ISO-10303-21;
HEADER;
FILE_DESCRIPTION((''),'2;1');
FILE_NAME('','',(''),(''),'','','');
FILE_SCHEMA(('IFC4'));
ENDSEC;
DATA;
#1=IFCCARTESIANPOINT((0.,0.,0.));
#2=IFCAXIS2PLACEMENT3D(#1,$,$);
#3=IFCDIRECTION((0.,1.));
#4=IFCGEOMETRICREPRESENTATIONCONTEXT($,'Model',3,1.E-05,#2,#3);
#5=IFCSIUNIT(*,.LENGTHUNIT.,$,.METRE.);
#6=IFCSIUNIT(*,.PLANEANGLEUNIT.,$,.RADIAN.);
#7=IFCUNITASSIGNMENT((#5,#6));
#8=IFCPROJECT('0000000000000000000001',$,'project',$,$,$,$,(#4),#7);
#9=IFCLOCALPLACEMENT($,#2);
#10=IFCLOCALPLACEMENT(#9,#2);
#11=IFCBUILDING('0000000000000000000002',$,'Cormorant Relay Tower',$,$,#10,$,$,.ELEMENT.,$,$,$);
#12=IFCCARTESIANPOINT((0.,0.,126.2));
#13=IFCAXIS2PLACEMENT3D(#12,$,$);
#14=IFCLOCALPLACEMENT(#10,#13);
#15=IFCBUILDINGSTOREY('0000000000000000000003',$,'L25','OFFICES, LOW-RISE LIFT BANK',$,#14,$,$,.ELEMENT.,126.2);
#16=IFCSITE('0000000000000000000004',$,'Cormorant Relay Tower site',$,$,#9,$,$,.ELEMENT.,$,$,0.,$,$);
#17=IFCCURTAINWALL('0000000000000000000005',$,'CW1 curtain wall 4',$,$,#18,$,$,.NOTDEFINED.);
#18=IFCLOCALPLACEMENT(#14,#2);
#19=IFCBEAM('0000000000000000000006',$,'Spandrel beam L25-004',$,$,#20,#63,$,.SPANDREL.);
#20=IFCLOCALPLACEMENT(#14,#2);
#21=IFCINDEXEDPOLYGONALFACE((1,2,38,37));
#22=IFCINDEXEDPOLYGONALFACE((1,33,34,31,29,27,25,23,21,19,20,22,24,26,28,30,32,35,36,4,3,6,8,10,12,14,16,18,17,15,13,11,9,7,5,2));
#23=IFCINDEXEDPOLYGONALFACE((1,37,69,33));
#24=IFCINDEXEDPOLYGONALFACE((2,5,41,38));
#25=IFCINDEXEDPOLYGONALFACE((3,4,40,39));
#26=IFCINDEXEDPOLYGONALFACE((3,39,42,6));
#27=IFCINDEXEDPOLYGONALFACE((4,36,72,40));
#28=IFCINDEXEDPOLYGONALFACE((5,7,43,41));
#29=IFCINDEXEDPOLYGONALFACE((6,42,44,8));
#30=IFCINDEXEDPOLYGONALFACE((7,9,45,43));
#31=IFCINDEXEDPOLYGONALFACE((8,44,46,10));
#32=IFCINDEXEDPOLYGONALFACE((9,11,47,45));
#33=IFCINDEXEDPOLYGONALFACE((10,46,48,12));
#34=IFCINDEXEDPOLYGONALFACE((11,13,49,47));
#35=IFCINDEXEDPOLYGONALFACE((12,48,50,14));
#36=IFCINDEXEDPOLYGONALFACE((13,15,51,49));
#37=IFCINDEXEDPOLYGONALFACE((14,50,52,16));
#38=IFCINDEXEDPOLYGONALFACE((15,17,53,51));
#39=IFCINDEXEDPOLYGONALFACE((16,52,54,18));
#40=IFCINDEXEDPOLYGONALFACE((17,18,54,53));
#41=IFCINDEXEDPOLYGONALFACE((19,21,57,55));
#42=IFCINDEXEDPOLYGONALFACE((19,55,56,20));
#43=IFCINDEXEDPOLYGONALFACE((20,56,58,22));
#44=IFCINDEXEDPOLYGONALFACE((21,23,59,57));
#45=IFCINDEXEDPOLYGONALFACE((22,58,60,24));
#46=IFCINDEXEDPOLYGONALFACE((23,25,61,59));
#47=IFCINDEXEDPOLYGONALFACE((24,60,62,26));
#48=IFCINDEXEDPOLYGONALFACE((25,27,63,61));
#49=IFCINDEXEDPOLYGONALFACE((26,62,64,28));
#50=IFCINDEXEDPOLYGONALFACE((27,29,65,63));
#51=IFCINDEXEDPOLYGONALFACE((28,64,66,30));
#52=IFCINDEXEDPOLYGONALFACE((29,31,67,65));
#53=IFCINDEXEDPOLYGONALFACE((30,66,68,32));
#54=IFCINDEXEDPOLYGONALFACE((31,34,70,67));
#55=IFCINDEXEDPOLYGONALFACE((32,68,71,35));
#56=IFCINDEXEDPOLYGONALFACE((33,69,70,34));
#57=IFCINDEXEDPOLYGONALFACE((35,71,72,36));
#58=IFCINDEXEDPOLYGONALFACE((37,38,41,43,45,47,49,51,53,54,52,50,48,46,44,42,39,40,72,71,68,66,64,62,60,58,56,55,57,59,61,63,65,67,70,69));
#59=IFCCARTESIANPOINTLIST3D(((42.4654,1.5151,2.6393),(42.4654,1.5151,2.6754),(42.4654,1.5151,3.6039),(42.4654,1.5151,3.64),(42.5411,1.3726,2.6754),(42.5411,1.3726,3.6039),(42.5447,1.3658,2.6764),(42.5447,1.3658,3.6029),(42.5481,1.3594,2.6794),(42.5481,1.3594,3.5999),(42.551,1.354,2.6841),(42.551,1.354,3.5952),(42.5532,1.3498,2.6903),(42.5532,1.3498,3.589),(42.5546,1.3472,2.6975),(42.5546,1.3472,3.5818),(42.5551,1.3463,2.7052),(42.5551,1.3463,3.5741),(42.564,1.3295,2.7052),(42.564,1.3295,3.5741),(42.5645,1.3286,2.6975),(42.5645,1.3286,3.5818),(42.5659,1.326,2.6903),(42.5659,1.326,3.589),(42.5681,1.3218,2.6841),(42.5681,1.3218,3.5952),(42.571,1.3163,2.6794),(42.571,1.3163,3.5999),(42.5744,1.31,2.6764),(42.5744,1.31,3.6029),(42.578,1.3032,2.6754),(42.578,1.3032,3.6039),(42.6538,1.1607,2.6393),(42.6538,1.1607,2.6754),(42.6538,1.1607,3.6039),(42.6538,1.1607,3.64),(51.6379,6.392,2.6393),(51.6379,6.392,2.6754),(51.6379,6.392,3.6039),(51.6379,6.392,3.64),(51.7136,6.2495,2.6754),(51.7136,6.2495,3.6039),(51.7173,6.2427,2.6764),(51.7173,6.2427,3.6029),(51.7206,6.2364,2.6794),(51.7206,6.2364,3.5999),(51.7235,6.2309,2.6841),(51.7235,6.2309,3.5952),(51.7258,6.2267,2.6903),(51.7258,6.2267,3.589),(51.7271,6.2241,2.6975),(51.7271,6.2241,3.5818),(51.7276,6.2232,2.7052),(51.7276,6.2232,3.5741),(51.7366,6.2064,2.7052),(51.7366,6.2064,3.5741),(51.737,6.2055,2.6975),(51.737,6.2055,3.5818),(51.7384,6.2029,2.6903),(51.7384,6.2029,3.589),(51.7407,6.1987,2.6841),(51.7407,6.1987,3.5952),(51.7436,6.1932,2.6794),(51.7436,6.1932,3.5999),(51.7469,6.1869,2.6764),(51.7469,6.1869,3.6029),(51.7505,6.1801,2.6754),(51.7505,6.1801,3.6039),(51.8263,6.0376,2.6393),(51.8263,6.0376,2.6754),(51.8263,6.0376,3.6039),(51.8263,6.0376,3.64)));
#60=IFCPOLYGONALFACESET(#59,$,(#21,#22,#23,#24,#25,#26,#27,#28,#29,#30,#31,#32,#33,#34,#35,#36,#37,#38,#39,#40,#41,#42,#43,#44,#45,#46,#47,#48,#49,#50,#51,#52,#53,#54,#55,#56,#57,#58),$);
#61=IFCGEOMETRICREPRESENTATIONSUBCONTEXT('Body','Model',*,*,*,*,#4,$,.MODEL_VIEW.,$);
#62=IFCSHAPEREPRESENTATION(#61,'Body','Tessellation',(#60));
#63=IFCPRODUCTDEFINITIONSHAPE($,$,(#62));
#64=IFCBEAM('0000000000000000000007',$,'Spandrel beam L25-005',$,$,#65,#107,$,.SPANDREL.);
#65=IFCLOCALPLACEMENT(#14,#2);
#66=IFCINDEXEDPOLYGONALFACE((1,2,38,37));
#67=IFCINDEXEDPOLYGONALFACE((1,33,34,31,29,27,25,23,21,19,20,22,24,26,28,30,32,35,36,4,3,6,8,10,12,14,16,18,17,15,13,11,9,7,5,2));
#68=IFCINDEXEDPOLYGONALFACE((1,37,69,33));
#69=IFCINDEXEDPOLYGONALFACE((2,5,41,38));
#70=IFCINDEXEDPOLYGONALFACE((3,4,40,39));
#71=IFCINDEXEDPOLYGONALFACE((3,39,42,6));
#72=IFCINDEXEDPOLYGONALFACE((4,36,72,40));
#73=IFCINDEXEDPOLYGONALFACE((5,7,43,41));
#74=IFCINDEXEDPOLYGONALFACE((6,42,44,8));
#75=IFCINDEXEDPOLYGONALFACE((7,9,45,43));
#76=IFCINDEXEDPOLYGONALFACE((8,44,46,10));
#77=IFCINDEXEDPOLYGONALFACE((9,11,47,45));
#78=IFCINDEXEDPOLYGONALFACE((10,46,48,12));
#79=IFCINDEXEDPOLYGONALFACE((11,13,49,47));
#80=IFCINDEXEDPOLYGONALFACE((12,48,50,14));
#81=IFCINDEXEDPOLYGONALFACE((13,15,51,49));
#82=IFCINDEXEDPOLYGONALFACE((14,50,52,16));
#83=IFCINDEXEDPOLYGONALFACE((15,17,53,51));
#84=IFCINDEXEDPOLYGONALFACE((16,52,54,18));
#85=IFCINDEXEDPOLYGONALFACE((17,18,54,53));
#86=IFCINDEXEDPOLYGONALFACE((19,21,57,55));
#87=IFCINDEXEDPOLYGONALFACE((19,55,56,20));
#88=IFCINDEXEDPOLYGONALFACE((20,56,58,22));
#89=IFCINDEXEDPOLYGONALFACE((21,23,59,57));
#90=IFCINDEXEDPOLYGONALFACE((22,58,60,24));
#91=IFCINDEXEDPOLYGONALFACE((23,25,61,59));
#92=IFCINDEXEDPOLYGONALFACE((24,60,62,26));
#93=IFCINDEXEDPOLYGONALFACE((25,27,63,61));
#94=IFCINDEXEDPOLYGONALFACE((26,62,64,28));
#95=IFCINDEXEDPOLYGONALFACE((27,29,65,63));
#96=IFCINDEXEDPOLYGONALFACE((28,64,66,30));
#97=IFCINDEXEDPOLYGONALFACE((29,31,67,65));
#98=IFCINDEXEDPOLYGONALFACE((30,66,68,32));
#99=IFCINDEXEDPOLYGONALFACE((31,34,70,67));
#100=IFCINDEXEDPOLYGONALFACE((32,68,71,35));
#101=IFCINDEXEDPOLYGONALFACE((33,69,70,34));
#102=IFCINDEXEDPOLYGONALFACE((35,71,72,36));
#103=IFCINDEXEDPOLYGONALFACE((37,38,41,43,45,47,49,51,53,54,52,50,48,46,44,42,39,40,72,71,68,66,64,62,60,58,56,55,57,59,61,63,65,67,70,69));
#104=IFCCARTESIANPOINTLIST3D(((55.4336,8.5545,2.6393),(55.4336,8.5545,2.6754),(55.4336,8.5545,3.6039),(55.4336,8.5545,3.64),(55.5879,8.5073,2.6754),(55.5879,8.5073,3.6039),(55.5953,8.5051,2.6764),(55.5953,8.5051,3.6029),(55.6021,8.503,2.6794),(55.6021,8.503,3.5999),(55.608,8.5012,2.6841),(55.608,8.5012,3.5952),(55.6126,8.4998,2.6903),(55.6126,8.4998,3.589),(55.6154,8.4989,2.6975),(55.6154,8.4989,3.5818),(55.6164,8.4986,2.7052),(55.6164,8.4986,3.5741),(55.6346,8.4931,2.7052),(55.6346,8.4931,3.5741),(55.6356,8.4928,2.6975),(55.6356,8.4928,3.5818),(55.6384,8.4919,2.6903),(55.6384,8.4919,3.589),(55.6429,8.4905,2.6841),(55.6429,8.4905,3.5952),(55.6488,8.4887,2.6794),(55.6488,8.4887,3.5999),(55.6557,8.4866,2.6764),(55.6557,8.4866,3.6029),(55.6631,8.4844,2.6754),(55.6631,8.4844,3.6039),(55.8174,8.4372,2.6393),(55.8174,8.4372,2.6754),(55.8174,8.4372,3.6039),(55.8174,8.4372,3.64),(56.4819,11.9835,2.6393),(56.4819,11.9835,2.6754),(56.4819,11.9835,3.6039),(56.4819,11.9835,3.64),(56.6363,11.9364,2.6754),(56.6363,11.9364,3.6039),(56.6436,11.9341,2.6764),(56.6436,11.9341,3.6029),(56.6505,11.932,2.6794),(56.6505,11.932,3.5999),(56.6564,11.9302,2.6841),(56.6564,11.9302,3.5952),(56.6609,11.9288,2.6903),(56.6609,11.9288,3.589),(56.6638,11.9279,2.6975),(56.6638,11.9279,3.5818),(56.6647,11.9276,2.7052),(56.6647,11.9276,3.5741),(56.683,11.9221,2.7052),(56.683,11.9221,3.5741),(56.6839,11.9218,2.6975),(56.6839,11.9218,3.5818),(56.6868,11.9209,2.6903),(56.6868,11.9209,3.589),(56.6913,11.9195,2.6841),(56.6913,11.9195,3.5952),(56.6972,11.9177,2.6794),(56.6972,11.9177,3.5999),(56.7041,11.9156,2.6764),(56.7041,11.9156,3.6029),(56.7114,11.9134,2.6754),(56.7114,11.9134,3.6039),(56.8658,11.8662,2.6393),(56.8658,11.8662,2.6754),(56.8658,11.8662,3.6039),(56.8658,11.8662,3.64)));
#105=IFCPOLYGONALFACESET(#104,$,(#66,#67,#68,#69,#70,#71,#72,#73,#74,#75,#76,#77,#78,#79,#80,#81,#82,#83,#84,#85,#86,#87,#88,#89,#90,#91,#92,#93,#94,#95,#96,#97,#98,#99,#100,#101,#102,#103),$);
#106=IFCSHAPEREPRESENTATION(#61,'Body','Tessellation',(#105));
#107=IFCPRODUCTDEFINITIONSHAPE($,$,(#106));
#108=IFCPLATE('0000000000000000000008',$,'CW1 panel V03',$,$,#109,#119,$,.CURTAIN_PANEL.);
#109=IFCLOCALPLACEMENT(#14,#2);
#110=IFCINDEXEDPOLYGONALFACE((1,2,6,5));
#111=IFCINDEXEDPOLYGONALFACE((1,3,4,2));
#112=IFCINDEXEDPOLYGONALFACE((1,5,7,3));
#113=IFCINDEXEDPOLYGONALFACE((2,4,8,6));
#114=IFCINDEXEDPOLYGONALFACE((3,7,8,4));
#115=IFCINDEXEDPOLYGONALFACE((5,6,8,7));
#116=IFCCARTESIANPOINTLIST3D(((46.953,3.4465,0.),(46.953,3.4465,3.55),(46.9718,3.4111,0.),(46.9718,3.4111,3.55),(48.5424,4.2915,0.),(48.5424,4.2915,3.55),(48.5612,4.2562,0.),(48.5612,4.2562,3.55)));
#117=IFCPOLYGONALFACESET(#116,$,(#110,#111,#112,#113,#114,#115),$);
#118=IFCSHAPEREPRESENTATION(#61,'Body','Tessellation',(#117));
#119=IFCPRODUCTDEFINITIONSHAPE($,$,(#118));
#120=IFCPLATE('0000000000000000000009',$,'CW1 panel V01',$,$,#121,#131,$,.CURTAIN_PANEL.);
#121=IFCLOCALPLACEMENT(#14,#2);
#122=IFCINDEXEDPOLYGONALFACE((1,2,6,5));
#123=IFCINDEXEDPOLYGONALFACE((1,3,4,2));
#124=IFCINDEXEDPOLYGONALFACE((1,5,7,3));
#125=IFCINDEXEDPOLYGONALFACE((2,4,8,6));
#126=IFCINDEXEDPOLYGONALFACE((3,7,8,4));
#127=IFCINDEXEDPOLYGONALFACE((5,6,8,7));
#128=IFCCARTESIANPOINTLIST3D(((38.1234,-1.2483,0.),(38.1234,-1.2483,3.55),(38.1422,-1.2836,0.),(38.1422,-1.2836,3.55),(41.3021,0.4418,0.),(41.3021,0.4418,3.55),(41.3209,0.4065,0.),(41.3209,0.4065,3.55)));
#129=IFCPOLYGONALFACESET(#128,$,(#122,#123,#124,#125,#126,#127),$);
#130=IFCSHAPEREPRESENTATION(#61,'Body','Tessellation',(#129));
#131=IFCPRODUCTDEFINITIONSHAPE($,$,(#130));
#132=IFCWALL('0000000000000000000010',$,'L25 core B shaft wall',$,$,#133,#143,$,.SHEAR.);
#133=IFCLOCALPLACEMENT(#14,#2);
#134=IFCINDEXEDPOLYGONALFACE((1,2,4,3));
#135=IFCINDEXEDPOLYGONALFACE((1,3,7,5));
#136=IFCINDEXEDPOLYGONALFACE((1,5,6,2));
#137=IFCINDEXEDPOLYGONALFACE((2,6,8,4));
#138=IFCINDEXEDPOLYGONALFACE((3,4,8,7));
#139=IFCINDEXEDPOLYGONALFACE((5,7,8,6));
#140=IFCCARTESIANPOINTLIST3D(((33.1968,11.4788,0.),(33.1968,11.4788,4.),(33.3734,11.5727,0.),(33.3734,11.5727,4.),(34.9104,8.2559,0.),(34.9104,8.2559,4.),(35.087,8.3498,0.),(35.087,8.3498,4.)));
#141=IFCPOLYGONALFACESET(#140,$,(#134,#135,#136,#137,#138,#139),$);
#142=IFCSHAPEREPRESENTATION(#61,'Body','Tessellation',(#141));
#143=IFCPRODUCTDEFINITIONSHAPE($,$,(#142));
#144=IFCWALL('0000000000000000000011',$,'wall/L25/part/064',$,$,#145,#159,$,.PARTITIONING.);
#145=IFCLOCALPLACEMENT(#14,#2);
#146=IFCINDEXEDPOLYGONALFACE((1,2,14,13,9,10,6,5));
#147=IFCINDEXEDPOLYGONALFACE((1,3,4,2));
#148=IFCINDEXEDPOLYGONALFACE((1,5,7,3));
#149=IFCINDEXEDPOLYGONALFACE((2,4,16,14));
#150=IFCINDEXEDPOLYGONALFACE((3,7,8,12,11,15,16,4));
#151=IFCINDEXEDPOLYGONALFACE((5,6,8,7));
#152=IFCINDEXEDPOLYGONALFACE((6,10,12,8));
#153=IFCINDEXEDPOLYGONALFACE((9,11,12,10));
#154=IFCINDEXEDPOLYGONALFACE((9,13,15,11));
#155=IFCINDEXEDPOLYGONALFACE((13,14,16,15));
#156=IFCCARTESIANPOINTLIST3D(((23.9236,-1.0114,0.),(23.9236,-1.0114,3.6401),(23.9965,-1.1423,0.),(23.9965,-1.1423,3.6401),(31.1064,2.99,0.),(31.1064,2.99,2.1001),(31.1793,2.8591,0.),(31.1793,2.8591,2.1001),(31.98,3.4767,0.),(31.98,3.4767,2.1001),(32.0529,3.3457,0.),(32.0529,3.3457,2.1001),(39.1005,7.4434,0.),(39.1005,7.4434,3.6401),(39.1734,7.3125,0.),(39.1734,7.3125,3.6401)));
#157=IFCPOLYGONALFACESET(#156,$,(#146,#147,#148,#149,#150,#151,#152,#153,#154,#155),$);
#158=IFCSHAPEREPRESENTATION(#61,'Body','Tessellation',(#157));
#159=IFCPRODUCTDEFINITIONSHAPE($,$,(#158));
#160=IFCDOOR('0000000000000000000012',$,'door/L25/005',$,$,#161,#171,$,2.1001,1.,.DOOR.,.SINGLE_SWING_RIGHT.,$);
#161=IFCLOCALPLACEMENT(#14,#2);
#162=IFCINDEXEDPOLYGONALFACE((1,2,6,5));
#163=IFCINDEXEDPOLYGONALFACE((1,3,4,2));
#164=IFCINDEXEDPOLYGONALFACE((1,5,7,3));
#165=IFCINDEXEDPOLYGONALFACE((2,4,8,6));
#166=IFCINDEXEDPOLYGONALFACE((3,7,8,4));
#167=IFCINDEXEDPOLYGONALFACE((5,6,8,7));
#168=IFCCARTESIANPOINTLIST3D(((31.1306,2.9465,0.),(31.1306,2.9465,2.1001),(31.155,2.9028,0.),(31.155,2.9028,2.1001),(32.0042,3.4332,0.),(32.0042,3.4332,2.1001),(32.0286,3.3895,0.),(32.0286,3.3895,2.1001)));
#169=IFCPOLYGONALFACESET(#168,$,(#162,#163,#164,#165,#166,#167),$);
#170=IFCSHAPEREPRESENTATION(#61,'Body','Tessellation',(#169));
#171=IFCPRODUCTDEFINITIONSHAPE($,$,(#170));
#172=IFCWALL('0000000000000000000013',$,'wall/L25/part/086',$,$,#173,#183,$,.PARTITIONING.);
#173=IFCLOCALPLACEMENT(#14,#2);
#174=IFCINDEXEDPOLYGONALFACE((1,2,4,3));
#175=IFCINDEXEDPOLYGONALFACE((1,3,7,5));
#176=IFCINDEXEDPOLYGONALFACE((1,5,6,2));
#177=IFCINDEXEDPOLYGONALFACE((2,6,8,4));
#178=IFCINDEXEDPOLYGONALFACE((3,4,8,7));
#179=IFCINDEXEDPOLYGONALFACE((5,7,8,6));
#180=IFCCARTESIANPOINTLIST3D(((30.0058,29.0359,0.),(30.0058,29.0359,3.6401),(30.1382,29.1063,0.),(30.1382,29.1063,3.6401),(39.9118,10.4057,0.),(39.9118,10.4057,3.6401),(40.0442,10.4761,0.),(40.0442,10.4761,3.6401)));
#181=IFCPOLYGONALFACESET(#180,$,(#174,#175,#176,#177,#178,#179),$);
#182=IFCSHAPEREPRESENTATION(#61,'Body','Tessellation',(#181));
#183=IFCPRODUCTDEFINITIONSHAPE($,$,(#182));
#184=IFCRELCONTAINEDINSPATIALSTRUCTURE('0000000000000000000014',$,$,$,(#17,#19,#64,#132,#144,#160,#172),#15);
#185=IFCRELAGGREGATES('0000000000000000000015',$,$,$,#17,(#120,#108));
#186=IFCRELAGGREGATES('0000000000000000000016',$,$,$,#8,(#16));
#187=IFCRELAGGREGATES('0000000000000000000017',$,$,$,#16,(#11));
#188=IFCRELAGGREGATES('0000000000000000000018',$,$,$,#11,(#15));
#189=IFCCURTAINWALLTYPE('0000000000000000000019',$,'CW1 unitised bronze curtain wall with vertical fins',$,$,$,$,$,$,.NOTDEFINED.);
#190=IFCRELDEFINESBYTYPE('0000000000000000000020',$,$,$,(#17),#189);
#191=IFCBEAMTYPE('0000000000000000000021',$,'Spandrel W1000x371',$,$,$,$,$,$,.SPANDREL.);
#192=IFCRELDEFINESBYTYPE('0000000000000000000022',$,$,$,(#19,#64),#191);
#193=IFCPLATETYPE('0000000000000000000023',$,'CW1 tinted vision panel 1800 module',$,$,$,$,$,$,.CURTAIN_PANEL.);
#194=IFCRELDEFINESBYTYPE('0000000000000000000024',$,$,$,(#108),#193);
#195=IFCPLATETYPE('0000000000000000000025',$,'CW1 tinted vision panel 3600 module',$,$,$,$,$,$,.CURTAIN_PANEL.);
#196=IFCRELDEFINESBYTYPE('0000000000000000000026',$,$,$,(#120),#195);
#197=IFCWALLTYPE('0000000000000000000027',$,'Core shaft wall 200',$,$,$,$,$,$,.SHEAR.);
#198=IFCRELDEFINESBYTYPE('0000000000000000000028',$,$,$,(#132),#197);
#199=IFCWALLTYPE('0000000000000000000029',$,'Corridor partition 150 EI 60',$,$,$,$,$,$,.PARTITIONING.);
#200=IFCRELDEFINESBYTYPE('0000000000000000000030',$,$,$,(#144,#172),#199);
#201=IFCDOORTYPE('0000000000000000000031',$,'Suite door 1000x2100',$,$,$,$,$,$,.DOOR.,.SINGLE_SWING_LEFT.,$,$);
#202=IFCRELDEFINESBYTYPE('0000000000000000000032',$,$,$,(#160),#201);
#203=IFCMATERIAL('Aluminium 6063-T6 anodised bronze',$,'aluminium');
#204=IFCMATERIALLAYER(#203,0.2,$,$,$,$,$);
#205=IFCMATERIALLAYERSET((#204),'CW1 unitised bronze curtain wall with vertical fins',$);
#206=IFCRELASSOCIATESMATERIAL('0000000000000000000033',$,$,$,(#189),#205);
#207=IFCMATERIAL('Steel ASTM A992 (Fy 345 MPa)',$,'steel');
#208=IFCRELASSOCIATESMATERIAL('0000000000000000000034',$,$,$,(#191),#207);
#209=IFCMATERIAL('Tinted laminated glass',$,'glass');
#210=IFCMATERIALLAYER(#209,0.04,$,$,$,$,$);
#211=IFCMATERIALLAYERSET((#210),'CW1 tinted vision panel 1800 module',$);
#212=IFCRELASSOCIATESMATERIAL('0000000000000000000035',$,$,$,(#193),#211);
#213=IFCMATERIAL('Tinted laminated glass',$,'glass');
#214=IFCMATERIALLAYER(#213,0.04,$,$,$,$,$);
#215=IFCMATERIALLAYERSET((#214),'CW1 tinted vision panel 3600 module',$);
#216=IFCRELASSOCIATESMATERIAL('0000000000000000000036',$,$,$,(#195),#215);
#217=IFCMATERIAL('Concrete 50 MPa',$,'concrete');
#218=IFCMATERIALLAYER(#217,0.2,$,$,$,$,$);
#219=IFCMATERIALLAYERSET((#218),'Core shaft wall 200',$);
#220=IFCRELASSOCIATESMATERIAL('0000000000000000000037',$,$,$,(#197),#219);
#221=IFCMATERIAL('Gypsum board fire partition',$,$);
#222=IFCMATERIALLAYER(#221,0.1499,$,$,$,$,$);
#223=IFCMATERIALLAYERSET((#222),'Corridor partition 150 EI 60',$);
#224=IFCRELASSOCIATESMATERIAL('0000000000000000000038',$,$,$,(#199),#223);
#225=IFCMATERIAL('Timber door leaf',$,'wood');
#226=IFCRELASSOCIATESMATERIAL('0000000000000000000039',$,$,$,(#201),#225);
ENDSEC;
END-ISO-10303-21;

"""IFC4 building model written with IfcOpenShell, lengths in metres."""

from ifc_helpers import new_model, si_unit, direction, frame, frame_2d, origin, origin_2d, place, context, subcontext, project, spatial, rectangle, i_section, extrude, material, layer, layer_set, material_profile, profile_set, type_object, element, fill, aggregate, save


model = new_model("IFC4")

# Units and contexts
model_context = context("Model", 3, precision=1e-05, world=origin(), true_north=direction((0.0, 1.0)))
body_context = subcontext(model_context, "Body", "Model", "MODEL_VIEW")
ifc_project = project(units=[si_unit("LENGTHUNIT", "METRE"), si_unit("PLANEANGLEUNIT", "RADIAN")], contexts=[model_context])

# Site, building, storey
site_placement = place(None, origin())
site = spatial("IfcSite", under=ifc_project, at=site_placement, Name="Cormorant Relay Tower site", CompositionType="ELEMENT", RefElevation=0.0)
building_placement = place(site_placement, origin())
building = spatial("IfcBuilding", under=site, at=building_placement, Name="Cormorant Relay Tower", CompositionType="ELEMENT")
storey_placement = place(building_placement, frame((0.0, 0.0, 126.2)))
storey = spatial("IfcBuildingStorey", under=building, at=storey_placement, Name="L25", Description="OFFICES, LOW-RISE LIFT BANK", CompositionType="ELEMENT", Elevation=126.2)

# Shared definitions
ifc_material_1 = material(Name="Aluminium 6063-T6 anodised bronze", Category="aluminium")
ifc_layer_1 = layer(ifc_material_1, 0.2)
ifc_layer_set_1 = layer_set([ifc_layer_1], Name="CW1 unitised bronze curtain wall with vertical fins")
curtain_wall_type = type_object("IfcCurtainWallType", Name="CW1 unitised bronze curtain wall with vertical fins", PredefinedType="NOTDEFINED", material=ifc_layer_set_1)

# Curtain wall
curtain_wall_1_placement = place(storey_placement, origin())
curtain_wall_1 = element("IfcCurtainWall", 1, at=curtain_wall_1_placement, inside=storey, type_object=curtain_wall_type, Name="CW1 curtain wall 4", PredefinedType="NOTDEFINED")

# Beams
ifc_material_2 = material(Name="Steel ASTM A992 (Fy 345 MPa)", Category="steel")
ifc_material_profile_1 = material_profile(ifc_material_2, i_section(OverallWidth=0.4014, OverallDepth=1.0007, WebThickness=0.019, FlangeThickness=0.0361, FilletRadius=0.0298, at=origin_2d()), Name="W1000x371")
ifc_profile_set_1 = profile_set([ifc_material_profile_1], Name="Steel ASTM A992 (Fy 345 MPa)")
beam_type = type_object("IfcBeamType", Name="Spandrel W1000x371", PredefinedType="SPANDREL", material=ifc_profile_set_1)
beam_1_placement = place(storey_placement, frame((42.5596, 1.3379, 3.1396), z_axis=(0.882956, 0.469456, 0.0), x_axis=(-0.469456, 0.882956, 0.0)))
element("IfcBeam", 2, at=beam_1_placement, inside=storey, type_object=beam_type, Name="Spandrel beam L25-004", PredefinedType="SPANDREL", context=body_context, shape_type="SweptSolid", body=[
    extrude(i_section(OverallWidth=0.4014, OverallDepth=1.0007, WebThickness=0.019, FlangeThickness=0.0361, FilletRadius=0.0298, at=origin_2d()), origin(), (0.0, 0.0, 1.0), 10.3884),
])
beam_2_placement = place(storey_placement, frame((55.6255, 8.4958, 3.1396), z_axis=(0.292372, 0.956305, 0.0), x_axis=(-0.956305, 0.292372, 0.0)))
element("IfcBeam", 3, at=beam_2_placement, inside=storey, type_object=beam_type, Name="Spandrel beam L25-005", PredefinedType="SPANDREL", context=body_context, shape_type="SweptSolid", body=[
    extrude(i_section(OverallWidth=0.4014, OverallDepth=1.0007, WebThickness=0.019, FlangeThickness=0.0361, FilletRadius=0.0298, at=origin_2d()), origin(), (0.0, 0.0, 1.0), 3.5857),
])

# Plates
ifc_material_3 = material(Name="Tinted laminated glass", Category="glass")
ifc_layer_2 = layer(ifc_material_3, 0.04)
ifc_layer_set_2 = layer_set([ifc_layer_2], Name="CW1 tinted vision panel 1800 module")
plate_type_1 = type_object("IfcPlateType", Name="CW1 tinted vision panel 1800 module", PredefinedType="CURTAIN_PANEL", material=ifc_layer_set_2)
plate_1_placement = place(storey_placement, frame((47.7571, 3.8513, 0.0), z_axis=(0.0, 0.0, 1.0), x_axis=(0.882948, 0.469472, 0.0)))
plate_1 = element("IfcPlate", 4, at=plate_1_placement, type_object=plate_type_1, Name="CW1 panel V03", PredefinedType="CURTAIN_PANEL", context=body_context, shape_type="SweptSolid", body=[
    extrude(rectangle(XDim=1.8, YDim=0.04, at=origin_2d()), origin(), (0.0, 0.0, 1.0), 3.55),
])
ifc_material_4 = material(Name="Tinted laminated glass", Category="glass")
ifc_layer_3 = layer(ifc_material_4, 0.04)
ifc_layer_set_3 = layer_set([ifc_layer_3], Name="CW1 tinted vision panel 3600 module")
plate_type_2 = type_object("IfcPlateType", Name="CW1 tinted vision panel 3600 module", PredefinedType="CURTAIN_PANEL", material=ifc_layer_set_3)
plate_2_placement = place(storey_placement, frame((39.7222, -0.4209, 0.0), z_axis=(0.0, 0.0, 1.0), x_axis=(0.882948, 0.469472, 0.0)))
plate_2 = element("IfcPlate", 5, at=plate_2_placement, type_object=plate_type_2, Name="CW1 panel V01", PredefinedType="CURTAIN_PANEL", context=body_context, shape_type="SweptSolid", body=[
    extrude(rectangle(XDim=3.6001, YDim=0.04, at=origin_2d()), origin(), (0.0, 0.0, 1.0), 3.55),
])

# Wall
ifc_material_5 = material(Name="Concrete 50 MPa", Category="concrete")
ifc_layer_4 = layer(ifc_material_5, 0.2)
ifc_layer_set_4 = layer_set([ifc_layer_4], Name="Core shaft wall 200")
wall_type_1 = type_object("IfcWallType", Name="Core shaft wall 200", PredefinedType="SHEAR", material=ifc_layer_set_4)
wall_1_placement = place(storey_placement, frame((34.9988, 8.3027, 0.0), z_axis=(0.0, 0.0, 1.0), x_axis=(-0.469467, 0.88295, 0.0)))
element("IfcWall", 6, at=wall_1_placement, inside=storey, type_object=wall_type_1, Name="L25 core B shaft wall", PredefinedType="SHEAR", context=body_context, shape_type="SweptSolid", body=[
    extrude(rectangle(XDim=3.6501, YDim=0.2, at=frame_2d((1.8252, 0.0))), origin(), (0.0, 0.0, 1.0), 4.0),
])

# Wall, opening, door
ifc_material_6 = material(Name="Gypsum board fire partition")
ifc_layer_5 = layer(ifc_material_6, 0.1499)
ifc_layer_set_5 = layer_set([ifc_layer_5], Name="Corridor partition 150 EI 60")
wall_type_2 = type_object("IfcWallType", Name="Corridor partition 150 EI 60", PredefinedType="PARTITIONING", material=ifc_layer_set_5)
wall_2_placement = place(storey_placement, frame((39.137, 7.3779, 0.0), z_axis=(0.0, 0.0, 1.0), x_axis=(-0.873591, -0.486662, 0.0)))
wall_2 = element("IfcWall", 7, at=wall_2_placement, inside=storey, type_object=wall_type_2, Name="wall/L25/part/064", PredefinedType="PARTITIONING", context=body_context, shape_type="SweptSolid", body=[
    extrude(rectangle(XDim=17.373, YDim=0.1499, at=frame_2d((8.6865, 0.0))), origin(), (0.0, 0.0, 1.0), 3.6401),
])
opening_1_placement = place(wall_2_placement, frame((8.1509, 0.0, 0.0)))
opening_1 = element("IfcOpeningElement", 8, at=opening_1_placement, cuts=wall_2, PredefinedType="OPENING", context=body_context, shape_type="SweptSolid", body=[
    extrude(rectangle(XDim=1.0, YDim=2.1001, at=frame_2d((0.5, 1.05))), frame((0.0, 0.085, 0.0), z_axis=(0.0, -1.0, 0.0), x_axis=(1.0, 0.0, 0.0)), (0.0, 0.0, 1.0), 0.1699),
])
ifc_material_7 = material(Name="Timber door leaf", Category="wood")
door_type_1 = type_object("IfcDoorType", Name="Suite door 1000x2100", OperationType="SINGLE_SWING_LEFT", PredefinedType="DOOR", material=ifc_material_7)
door_1_placement = place(opening_1_placement, origin())
door_1 = element("IfcDoor", 9, at=door_1_placement, inside=storey, type_object=door_type_1, Name="door/L25/005", OperationType="SINGLE_SWING_RIGHT", OverallHeight=2.1001, OverallWidth=1.0, PredefinedType="DOOR", context=body_context, shape_type="SweptSolid", body=[
    extrude(rectangle(XDim=1.0, YDim=2.1001, at=frame_2d((0.5, 1.05))), frame((0.0, 0.0249, 0.0), z_axis=(0.0, -1.0, 0.0), x_axis=(1.0, 0.0, 0.0)), (0.0, 0.0, 1.0), 0.05),
])
fill(opening_1, door_1)

# Wall
wall_3_placement = place(storey_placement, frame((39.978, 10.4409, 0.0), z_axis=(0.0, 0.0, 1.0), x_axis=(-0.469479, 0.882944, 0.0)))
element("IfcWall", 10, at=wall_3_placement, inside=storey, type_object=wall_type_2, Name="wall/L25/part/086", PredefinedType="PARTITIONING", context=body_context, shape_type="SweptSolid", body=[
    extrude(rectangle(XDim=21.1001, YDim=0.1499, at=frame_2d((10.55, 0.0))), origin(), (0.0, 0.0, 1.0), 3.6401),
])

aggregate(curtain_wall_1, [plate_2, plate_1])

save(model, "model.ifc")
